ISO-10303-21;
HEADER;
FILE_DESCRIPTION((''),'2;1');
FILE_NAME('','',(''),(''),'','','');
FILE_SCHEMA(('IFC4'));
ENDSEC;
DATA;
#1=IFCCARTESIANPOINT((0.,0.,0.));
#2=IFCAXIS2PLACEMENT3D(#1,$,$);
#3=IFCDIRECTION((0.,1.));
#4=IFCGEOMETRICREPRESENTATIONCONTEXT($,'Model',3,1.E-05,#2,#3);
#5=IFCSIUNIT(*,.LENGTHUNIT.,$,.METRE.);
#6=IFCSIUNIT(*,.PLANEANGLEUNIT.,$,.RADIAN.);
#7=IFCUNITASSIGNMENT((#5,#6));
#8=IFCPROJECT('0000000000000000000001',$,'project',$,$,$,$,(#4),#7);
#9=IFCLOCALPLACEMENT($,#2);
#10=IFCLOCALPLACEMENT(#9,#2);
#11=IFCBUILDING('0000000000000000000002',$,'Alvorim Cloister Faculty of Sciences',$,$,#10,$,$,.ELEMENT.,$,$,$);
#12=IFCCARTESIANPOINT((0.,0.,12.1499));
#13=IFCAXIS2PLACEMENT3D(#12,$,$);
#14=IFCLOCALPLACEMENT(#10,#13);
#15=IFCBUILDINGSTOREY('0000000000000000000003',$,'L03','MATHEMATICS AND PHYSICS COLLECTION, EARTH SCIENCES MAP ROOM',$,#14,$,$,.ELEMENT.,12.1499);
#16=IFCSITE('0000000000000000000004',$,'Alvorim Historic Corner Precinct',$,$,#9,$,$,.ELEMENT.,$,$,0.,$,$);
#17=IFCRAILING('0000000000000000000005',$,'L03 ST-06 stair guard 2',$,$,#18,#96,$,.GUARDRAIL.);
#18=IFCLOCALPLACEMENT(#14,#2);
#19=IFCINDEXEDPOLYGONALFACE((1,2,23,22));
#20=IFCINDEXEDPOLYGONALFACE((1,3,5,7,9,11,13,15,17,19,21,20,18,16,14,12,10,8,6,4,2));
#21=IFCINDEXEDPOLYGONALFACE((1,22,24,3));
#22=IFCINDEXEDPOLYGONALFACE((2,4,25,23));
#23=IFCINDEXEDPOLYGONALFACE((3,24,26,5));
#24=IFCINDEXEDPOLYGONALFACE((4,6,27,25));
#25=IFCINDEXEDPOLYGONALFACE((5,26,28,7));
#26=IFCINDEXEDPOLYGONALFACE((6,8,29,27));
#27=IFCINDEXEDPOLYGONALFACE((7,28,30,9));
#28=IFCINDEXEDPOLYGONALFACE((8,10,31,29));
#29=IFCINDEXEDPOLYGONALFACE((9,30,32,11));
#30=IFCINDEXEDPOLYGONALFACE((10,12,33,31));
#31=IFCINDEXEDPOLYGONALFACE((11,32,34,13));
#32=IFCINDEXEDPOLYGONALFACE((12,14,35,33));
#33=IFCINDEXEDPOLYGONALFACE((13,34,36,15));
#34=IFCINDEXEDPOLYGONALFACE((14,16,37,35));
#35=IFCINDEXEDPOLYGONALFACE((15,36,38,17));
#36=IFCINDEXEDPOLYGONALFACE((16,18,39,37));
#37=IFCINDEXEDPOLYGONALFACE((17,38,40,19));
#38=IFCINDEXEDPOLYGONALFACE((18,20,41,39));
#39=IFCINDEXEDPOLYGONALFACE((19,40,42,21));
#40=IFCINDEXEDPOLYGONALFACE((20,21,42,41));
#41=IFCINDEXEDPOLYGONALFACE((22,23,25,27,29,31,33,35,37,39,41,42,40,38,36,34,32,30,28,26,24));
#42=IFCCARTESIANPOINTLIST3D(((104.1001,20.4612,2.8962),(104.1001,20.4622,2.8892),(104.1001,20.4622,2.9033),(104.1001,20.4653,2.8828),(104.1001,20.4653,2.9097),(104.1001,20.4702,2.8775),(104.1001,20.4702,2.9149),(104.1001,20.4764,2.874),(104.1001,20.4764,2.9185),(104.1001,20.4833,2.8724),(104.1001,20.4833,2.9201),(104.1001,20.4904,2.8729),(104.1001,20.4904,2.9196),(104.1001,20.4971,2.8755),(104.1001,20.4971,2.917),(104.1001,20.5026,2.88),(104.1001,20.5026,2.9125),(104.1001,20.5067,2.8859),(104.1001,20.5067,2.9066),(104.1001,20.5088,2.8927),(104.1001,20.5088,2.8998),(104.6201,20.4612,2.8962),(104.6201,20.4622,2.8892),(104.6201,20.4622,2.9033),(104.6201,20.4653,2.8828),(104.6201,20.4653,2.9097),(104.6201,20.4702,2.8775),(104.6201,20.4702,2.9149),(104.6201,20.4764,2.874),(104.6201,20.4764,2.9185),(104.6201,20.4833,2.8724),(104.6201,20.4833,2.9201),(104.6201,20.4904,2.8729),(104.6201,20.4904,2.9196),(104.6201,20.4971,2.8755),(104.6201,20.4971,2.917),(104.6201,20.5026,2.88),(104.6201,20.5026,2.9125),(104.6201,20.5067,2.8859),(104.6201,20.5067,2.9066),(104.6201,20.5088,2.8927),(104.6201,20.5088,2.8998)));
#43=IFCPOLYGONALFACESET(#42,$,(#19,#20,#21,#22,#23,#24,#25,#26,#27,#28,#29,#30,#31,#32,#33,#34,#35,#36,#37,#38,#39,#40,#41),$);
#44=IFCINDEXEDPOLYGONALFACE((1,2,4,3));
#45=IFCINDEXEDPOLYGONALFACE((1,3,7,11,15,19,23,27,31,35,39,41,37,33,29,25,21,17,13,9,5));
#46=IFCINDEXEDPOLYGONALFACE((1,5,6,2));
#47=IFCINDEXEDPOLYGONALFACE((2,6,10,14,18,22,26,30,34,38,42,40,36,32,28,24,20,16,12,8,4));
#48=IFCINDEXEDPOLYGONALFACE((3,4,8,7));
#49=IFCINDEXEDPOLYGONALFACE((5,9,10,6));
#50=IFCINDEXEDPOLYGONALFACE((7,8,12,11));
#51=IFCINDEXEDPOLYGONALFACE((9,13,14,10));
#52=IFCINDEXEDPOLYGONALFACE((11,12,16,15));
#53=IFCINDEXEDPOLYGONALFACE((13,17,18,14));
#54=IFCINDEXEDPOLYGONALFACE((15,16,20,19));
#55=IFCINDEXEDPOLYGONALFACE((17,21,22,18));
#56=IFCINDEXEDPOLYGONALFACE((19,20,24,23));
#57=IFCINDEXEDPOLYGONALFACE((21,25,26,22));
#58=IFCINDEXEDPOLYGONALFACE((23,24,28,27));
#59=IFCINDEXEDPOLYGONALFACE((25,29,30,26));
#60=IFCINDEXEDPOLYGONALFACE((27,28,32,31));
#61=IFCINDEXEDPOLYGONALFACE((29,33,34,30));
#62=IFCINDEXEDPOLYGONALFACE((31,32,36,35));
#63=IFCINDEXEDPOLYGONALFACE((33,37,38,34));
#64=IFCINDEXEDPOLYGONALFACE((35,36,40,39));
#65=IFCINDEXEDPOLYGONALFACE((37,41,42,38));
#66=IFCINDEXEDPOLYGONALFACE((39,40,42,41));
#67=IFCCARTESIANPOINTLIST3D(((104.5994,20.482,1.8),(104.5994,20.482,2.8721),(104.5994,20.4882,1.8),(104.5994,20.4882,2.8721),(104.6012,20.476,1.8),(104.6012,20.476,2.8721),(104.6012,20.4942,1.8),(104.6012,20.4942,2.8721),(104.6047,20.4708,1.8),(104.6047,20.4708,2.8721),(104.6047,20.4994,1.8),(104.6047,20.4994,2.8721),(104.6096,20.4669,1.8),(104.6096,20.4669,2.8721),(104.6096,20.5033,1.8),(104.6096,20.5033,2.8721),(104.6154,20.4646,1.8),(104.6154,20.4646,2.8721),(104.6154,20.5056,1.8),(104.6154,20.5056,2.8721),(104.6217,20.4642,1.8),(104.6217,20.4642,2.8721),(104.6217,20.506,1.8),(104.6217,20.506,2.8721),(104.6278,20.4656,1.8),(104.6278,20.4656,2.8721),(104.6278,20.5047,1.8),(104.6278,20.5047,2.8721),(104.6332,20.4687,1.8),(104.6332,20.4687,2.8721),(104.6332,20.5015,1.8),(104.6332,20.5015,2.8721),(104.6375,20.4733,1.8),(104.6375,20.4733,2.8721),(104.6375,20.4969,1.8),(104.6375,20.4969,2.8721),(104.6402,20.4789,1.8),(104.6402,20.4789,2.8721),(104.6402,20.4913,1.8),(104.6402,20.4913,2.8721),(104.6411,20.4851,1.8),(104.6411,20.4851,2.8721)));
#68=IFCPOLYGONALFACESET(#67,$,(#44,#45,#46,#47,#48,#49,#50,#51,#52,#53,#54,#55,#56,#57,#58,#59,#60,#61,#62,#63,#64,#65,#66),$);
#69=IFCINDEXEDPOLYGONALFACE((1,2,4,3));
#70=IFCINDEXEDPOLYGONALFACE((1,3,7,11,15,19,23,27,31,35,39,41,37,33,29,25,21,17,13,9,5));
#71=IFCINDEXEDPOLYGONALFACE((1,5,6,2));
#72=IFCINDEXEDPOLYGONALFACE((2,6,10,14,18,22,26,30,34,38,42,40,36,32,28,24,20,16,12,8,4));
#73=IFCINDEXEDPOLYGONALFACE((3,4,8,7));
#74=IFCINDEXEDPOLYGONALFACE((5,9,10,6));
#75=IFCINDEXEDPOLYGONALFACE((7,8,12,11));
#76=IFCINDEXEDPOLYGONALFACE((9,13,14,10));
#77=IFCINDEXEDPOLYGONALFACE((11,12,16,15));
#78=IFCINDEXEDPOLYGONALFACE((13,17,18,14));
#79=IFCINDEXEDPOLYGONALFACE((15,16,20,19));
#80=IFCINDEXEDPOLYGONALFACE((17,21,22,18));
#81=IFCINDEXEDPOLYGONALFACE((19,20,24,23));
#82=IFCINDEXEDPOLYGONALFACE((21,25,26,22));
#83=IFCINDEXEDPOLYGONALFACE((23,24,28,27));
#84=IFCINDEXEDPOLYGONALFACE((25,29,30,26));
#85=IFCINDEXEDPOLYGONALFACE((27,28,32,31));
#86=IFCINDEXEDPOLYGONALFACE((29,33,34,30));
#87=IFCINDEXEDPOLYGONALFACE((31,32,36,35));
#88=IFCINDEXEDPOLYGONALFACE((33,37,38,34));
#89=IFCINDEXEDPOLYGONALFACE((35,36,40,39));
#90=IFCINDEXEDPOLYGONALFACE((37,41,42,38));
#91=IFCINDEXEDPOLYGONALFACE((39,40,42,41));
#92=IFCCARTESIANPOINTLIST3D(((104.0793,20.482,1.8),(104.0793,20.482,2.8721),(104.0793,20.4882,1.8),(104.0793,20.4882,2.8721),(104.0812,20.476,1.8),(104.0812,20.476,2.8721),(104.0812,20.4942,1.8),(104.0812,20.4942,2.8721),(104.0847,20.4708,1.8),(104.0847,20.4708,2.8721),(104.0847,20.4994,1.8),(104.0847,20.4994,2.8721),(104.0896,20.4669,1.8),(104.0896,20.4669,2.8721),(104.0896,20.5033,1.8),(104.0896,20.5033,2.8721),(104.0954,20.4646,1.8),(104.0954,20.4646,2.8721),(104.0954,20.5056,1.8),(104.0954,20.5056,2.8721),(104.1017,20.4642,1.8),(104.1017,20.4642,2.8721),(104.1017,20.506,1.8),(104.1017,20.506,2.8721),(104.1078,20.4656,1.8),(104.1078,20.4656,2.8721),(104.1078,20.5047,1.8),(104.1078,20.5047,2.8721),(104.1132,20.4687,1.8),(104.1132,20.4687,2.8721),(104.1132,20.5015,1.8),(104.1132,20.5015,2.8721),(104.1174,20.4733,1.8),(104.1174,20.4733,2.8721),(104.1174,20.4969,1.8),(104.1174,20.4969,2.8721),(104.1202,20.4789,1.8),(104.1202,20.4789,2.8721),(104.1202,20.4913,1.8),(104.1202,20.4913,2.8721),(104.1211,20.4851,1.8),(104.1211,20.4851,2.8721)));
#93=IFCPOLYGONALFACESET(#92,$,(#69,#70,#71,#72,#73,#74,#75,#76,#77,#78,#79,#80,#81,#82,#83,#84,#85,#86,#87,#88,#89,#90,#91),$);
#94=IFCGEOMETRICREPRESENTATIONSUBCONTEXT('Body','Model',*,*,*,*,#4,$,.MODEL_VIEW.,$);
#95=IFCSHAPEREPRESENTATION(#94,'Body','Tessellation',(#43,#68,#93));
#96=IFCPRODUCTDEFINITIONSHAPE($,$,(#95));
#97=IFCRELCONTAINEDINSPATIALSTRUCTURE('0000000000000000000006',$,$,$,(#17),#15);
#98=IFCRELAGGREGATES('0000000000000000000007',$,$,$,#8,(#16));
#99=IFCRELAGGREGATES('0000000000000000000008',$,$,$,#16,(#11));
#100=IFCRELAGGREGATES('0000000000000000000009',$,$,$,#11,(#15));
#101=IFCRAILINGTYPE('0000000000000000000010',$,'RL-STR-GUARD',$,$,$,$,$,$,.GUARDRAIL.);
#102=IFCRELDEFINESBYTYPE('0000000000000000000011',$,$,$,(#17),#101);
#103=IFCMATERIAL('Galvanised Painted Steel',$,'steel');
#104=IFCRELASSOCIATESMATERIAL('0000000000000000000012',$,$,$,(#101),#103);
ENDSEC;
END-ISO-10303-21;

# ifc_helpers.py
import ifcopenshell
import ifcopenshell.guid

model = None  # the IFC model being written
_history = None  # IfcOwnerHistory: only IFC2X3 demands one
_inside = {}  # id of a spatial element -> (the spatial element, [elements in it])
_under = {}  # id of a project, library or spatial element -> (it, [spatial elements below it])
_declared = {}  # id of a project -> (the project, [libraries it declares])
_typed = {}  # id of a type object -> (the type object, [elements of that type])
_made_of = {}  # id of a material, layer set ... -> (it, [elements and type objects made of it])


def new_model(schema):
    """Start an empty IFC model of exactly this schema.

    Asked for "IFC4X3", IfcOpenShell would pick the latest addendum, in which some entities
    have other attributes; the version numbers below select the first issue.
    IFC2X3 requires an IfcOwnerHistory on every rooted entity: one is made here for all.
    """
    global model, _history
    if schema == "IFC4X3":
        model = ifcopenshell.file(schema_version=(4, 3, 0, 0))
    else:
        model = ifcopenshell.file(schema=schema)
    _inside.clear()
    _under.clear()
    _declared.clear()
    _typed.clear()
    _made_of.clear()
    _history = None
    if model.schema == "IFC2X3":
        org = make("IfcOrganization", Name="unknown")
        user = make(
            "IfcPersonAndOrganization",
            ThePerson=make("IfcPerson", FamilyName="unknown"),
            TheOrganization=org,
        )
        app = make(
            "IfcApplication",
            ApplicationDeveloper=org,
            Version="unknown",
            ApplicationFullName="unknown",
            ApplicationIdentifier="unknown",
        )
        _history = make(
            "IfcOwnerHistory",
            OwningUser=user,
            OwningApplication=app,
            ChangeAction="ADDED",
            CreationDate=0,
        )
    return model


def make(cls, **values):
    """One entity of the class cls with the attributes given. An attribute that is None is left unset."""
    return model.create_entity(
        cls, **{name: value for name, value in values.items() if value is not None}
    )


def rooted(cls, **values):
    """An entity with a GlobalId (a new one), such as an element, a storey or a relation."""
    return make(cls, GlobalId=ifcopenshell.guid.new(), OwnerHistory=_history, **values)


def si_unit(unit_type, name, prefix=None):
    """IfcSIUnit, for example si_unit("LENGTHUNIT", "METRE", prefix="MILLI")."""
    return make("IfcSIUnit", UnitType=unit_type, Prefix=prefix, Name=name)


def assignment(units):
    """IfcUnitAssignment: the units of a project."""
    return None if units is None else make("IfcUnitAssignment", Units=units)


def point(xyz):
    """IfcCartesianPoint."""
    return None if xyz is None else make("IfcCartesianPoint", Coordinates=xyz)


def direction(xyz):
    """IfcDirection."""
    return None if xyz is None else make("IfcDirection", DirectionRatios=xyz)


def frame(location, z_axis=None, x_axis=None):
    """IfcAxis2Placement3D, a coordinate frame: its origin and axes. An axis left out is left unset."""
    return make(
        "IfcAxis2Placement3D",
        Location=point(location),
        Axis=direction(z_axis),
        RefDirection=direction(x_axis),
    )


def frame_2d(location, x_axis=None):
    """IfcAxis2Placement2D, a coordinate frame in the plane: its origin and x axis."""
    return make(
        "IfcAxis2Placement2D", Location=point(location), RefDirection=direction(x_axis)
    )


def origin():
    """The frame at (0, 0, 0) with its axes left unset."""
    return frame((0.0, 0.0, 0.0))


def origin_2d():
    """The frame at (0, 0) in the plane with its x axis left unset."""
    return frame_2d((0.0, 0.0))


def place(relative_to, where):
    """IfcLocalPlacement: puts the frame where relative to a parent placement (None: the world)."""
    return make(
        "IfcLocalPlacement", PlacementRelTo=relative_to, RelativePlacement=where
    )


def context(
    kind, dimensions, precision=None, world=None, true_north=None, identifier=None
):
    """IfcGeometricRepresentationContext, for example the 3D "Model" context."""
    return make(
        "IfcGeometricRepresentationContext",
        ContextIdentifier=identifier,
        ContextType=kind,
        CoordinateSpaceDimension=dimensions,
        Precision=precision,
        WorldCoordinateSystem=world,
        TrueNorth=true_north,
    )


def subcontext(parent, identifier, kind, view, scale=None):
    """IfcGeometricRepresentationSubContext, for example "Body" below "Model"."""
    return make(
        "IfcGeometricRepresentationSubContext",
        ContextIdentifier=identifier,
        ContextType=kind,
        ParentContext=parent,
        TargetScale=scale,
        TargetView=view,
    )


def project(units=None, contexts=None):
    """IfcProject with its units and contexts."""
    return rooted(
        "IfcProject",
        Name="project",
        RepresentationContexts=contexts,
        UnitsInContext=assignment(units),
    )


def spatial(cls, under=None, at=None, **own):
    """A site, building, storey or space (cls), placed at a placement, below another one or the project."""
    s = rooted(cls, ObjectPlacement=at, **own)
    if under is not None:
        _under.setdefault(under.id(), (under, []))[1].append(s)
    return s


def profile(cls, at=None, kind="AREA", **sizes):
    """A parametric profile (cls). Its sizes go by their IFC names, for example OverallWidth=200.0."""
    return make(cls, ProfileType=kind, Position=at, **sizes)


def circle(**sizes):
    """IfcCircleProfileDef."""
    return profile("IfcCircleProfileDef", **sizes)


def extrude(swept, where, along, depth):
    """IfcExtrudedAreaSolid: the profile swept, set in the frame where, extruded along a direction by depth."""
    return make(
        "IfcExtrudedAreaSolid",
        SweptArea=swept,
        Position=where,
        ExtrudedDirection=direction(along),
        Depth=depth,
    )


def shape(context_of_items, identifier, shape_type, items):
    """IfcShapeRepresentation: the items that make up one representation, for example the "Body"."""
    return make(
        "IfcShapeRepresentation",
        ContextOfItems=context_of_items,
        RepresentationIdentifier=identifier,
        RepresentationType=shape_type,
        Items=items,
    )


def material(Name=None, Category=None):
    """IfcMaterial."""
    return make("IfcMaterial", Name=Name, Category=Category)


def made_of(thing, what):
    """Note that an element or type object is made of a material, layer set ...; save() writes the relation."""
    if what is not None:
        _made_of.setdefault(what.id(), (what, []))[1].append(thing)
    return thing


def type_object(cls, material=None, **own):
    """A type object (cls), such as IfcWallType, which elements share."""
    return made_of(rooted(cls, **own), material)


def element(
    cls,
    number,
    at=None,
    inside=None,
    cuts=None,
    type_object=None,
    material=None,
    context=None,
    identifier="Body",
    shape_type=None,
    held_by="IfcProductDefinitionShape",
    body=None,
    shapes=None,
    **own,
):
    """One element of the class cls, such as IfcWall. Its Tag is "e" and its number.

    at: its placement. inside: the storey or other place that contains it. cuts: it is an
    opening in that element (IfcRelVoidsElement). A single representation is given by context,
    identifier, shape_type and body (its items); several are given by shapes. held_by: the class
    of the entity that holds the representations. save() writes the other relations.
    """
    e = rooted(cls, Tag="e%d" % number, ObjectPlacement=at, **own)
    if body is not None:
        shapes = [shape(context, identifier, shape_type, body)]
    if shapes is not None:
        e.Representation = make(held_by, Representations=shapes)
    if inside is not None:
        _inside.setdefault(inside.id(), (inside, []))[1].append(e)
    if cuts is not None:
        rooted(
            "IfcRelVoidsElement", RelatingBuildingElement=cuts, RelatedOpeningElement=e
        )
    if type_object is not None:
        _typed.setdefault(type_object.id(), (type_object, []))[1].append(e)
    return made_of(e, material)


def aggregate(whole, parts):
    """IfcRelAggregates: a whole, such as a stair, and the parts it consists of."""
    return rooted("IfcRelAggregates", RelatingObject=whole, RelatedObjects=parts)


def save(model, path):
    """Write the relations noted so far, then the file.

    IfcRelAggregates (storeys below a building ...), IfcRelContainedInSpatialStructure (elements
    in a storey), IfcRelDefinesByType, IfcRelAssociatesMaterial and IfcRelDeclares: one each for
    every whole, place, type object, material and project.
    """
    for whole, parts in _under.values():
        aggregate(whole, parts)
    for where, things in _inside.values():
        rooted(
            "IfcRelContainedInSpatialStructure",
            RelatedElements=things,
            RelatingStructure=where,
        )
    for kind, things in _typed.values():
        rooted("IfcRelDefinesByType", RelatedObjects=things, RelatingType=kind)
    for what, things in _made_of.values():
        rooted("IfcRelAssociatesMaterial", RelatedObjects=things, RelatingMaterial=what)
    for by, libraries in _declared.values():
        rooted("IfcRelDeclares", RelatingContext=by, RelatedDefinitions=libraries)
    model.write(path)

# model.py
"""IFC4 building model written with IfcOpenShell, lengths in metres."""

from ifc_helpers import new_model, si_unit, direction, frame, origin, origin_2d, place, context, subcontext, project, spatial, circle, extrude, material, type_object, element, save


model = new_model("IFC4")

# Units and contexts
model_context = context("Model", 3, precision=1e-05, world=origin(), true_north=direction((0.0, 1.0)))
body_context = subcontext(model_context, "Body", "Model", "MODEL_VIEW")
ifc_project = project(units=[si_unit("LENGTHUNIT", "METRE"), si_unit("PLANEANGLEUNIT", "RADIAN")], contexts=[model_context])

# Site, building, storey
site_placement = place(None, origin())
site = spatial("IfcSite", under=ifc_project, at=site_placement, Name="Alvorim Historic Corner Precinct", CompositionType="ELEMENT", RefElevation=0.0)
building_placement = place(site_placement, origin())
building = spatial("IfcBuilding", under=site, at=building_placement, Name="Alvorim Cloister Faculty of Sciences", CompositionType="ELEMENT")
storey_placement = place(building_placement, frame((0.0, 0.0, 12.1499)))
storey = spatial("IfcBuildingStorey", under=building, at=storey_placement, Name="L03", Description="MATHEMATICS AND PHYSICS COLLECTION, EARTH SCIENCES MAP ROOM", CompositionType="ELEMENT", Elevation=12.1499)

# Railing
ifc_material_1 = material(Name="Galvanised Painted Steel", Category="steel")
railing_type_1 = type_object("IfcRailingType", Name="RL-STR-GUARD", PredefinedType="GUARDRAIL", material=ifc_material_1)
railing_1_placement = place(storey_placement, frame((104.6201, 20.4851, 1.8)))
element("IfcRailing", 1, at=railing_1_placement, inside=storey, type_object=railing_type_1, Name="L03 ST-06 stair guard 2", PredefinedType="GUARDRAIL", context=body_context, shape_type="SweptSolid", body=[
    extrude(circle(Radius=0.0239, at=origin_2d()), frame((0.0, 0.0, 1.0962), z_axis=(-1.0, 0.0, 0.0), x_axis=(0.0, -1.0, 0.0)), (0.0, 0.0, 1.0), 0.52),
    extrude(circle(Radius=0.021, at=origin_2d()), origin(), (0.0, 0.0, 1.0), 1.072),
    extrude(circle(Radius=0.021, at=origin_2d()), frame((-0.52, 0.0, 0.0)), (0.0, 0.0, 1.0), 1.072),
])

save(model, "model.ifc")
